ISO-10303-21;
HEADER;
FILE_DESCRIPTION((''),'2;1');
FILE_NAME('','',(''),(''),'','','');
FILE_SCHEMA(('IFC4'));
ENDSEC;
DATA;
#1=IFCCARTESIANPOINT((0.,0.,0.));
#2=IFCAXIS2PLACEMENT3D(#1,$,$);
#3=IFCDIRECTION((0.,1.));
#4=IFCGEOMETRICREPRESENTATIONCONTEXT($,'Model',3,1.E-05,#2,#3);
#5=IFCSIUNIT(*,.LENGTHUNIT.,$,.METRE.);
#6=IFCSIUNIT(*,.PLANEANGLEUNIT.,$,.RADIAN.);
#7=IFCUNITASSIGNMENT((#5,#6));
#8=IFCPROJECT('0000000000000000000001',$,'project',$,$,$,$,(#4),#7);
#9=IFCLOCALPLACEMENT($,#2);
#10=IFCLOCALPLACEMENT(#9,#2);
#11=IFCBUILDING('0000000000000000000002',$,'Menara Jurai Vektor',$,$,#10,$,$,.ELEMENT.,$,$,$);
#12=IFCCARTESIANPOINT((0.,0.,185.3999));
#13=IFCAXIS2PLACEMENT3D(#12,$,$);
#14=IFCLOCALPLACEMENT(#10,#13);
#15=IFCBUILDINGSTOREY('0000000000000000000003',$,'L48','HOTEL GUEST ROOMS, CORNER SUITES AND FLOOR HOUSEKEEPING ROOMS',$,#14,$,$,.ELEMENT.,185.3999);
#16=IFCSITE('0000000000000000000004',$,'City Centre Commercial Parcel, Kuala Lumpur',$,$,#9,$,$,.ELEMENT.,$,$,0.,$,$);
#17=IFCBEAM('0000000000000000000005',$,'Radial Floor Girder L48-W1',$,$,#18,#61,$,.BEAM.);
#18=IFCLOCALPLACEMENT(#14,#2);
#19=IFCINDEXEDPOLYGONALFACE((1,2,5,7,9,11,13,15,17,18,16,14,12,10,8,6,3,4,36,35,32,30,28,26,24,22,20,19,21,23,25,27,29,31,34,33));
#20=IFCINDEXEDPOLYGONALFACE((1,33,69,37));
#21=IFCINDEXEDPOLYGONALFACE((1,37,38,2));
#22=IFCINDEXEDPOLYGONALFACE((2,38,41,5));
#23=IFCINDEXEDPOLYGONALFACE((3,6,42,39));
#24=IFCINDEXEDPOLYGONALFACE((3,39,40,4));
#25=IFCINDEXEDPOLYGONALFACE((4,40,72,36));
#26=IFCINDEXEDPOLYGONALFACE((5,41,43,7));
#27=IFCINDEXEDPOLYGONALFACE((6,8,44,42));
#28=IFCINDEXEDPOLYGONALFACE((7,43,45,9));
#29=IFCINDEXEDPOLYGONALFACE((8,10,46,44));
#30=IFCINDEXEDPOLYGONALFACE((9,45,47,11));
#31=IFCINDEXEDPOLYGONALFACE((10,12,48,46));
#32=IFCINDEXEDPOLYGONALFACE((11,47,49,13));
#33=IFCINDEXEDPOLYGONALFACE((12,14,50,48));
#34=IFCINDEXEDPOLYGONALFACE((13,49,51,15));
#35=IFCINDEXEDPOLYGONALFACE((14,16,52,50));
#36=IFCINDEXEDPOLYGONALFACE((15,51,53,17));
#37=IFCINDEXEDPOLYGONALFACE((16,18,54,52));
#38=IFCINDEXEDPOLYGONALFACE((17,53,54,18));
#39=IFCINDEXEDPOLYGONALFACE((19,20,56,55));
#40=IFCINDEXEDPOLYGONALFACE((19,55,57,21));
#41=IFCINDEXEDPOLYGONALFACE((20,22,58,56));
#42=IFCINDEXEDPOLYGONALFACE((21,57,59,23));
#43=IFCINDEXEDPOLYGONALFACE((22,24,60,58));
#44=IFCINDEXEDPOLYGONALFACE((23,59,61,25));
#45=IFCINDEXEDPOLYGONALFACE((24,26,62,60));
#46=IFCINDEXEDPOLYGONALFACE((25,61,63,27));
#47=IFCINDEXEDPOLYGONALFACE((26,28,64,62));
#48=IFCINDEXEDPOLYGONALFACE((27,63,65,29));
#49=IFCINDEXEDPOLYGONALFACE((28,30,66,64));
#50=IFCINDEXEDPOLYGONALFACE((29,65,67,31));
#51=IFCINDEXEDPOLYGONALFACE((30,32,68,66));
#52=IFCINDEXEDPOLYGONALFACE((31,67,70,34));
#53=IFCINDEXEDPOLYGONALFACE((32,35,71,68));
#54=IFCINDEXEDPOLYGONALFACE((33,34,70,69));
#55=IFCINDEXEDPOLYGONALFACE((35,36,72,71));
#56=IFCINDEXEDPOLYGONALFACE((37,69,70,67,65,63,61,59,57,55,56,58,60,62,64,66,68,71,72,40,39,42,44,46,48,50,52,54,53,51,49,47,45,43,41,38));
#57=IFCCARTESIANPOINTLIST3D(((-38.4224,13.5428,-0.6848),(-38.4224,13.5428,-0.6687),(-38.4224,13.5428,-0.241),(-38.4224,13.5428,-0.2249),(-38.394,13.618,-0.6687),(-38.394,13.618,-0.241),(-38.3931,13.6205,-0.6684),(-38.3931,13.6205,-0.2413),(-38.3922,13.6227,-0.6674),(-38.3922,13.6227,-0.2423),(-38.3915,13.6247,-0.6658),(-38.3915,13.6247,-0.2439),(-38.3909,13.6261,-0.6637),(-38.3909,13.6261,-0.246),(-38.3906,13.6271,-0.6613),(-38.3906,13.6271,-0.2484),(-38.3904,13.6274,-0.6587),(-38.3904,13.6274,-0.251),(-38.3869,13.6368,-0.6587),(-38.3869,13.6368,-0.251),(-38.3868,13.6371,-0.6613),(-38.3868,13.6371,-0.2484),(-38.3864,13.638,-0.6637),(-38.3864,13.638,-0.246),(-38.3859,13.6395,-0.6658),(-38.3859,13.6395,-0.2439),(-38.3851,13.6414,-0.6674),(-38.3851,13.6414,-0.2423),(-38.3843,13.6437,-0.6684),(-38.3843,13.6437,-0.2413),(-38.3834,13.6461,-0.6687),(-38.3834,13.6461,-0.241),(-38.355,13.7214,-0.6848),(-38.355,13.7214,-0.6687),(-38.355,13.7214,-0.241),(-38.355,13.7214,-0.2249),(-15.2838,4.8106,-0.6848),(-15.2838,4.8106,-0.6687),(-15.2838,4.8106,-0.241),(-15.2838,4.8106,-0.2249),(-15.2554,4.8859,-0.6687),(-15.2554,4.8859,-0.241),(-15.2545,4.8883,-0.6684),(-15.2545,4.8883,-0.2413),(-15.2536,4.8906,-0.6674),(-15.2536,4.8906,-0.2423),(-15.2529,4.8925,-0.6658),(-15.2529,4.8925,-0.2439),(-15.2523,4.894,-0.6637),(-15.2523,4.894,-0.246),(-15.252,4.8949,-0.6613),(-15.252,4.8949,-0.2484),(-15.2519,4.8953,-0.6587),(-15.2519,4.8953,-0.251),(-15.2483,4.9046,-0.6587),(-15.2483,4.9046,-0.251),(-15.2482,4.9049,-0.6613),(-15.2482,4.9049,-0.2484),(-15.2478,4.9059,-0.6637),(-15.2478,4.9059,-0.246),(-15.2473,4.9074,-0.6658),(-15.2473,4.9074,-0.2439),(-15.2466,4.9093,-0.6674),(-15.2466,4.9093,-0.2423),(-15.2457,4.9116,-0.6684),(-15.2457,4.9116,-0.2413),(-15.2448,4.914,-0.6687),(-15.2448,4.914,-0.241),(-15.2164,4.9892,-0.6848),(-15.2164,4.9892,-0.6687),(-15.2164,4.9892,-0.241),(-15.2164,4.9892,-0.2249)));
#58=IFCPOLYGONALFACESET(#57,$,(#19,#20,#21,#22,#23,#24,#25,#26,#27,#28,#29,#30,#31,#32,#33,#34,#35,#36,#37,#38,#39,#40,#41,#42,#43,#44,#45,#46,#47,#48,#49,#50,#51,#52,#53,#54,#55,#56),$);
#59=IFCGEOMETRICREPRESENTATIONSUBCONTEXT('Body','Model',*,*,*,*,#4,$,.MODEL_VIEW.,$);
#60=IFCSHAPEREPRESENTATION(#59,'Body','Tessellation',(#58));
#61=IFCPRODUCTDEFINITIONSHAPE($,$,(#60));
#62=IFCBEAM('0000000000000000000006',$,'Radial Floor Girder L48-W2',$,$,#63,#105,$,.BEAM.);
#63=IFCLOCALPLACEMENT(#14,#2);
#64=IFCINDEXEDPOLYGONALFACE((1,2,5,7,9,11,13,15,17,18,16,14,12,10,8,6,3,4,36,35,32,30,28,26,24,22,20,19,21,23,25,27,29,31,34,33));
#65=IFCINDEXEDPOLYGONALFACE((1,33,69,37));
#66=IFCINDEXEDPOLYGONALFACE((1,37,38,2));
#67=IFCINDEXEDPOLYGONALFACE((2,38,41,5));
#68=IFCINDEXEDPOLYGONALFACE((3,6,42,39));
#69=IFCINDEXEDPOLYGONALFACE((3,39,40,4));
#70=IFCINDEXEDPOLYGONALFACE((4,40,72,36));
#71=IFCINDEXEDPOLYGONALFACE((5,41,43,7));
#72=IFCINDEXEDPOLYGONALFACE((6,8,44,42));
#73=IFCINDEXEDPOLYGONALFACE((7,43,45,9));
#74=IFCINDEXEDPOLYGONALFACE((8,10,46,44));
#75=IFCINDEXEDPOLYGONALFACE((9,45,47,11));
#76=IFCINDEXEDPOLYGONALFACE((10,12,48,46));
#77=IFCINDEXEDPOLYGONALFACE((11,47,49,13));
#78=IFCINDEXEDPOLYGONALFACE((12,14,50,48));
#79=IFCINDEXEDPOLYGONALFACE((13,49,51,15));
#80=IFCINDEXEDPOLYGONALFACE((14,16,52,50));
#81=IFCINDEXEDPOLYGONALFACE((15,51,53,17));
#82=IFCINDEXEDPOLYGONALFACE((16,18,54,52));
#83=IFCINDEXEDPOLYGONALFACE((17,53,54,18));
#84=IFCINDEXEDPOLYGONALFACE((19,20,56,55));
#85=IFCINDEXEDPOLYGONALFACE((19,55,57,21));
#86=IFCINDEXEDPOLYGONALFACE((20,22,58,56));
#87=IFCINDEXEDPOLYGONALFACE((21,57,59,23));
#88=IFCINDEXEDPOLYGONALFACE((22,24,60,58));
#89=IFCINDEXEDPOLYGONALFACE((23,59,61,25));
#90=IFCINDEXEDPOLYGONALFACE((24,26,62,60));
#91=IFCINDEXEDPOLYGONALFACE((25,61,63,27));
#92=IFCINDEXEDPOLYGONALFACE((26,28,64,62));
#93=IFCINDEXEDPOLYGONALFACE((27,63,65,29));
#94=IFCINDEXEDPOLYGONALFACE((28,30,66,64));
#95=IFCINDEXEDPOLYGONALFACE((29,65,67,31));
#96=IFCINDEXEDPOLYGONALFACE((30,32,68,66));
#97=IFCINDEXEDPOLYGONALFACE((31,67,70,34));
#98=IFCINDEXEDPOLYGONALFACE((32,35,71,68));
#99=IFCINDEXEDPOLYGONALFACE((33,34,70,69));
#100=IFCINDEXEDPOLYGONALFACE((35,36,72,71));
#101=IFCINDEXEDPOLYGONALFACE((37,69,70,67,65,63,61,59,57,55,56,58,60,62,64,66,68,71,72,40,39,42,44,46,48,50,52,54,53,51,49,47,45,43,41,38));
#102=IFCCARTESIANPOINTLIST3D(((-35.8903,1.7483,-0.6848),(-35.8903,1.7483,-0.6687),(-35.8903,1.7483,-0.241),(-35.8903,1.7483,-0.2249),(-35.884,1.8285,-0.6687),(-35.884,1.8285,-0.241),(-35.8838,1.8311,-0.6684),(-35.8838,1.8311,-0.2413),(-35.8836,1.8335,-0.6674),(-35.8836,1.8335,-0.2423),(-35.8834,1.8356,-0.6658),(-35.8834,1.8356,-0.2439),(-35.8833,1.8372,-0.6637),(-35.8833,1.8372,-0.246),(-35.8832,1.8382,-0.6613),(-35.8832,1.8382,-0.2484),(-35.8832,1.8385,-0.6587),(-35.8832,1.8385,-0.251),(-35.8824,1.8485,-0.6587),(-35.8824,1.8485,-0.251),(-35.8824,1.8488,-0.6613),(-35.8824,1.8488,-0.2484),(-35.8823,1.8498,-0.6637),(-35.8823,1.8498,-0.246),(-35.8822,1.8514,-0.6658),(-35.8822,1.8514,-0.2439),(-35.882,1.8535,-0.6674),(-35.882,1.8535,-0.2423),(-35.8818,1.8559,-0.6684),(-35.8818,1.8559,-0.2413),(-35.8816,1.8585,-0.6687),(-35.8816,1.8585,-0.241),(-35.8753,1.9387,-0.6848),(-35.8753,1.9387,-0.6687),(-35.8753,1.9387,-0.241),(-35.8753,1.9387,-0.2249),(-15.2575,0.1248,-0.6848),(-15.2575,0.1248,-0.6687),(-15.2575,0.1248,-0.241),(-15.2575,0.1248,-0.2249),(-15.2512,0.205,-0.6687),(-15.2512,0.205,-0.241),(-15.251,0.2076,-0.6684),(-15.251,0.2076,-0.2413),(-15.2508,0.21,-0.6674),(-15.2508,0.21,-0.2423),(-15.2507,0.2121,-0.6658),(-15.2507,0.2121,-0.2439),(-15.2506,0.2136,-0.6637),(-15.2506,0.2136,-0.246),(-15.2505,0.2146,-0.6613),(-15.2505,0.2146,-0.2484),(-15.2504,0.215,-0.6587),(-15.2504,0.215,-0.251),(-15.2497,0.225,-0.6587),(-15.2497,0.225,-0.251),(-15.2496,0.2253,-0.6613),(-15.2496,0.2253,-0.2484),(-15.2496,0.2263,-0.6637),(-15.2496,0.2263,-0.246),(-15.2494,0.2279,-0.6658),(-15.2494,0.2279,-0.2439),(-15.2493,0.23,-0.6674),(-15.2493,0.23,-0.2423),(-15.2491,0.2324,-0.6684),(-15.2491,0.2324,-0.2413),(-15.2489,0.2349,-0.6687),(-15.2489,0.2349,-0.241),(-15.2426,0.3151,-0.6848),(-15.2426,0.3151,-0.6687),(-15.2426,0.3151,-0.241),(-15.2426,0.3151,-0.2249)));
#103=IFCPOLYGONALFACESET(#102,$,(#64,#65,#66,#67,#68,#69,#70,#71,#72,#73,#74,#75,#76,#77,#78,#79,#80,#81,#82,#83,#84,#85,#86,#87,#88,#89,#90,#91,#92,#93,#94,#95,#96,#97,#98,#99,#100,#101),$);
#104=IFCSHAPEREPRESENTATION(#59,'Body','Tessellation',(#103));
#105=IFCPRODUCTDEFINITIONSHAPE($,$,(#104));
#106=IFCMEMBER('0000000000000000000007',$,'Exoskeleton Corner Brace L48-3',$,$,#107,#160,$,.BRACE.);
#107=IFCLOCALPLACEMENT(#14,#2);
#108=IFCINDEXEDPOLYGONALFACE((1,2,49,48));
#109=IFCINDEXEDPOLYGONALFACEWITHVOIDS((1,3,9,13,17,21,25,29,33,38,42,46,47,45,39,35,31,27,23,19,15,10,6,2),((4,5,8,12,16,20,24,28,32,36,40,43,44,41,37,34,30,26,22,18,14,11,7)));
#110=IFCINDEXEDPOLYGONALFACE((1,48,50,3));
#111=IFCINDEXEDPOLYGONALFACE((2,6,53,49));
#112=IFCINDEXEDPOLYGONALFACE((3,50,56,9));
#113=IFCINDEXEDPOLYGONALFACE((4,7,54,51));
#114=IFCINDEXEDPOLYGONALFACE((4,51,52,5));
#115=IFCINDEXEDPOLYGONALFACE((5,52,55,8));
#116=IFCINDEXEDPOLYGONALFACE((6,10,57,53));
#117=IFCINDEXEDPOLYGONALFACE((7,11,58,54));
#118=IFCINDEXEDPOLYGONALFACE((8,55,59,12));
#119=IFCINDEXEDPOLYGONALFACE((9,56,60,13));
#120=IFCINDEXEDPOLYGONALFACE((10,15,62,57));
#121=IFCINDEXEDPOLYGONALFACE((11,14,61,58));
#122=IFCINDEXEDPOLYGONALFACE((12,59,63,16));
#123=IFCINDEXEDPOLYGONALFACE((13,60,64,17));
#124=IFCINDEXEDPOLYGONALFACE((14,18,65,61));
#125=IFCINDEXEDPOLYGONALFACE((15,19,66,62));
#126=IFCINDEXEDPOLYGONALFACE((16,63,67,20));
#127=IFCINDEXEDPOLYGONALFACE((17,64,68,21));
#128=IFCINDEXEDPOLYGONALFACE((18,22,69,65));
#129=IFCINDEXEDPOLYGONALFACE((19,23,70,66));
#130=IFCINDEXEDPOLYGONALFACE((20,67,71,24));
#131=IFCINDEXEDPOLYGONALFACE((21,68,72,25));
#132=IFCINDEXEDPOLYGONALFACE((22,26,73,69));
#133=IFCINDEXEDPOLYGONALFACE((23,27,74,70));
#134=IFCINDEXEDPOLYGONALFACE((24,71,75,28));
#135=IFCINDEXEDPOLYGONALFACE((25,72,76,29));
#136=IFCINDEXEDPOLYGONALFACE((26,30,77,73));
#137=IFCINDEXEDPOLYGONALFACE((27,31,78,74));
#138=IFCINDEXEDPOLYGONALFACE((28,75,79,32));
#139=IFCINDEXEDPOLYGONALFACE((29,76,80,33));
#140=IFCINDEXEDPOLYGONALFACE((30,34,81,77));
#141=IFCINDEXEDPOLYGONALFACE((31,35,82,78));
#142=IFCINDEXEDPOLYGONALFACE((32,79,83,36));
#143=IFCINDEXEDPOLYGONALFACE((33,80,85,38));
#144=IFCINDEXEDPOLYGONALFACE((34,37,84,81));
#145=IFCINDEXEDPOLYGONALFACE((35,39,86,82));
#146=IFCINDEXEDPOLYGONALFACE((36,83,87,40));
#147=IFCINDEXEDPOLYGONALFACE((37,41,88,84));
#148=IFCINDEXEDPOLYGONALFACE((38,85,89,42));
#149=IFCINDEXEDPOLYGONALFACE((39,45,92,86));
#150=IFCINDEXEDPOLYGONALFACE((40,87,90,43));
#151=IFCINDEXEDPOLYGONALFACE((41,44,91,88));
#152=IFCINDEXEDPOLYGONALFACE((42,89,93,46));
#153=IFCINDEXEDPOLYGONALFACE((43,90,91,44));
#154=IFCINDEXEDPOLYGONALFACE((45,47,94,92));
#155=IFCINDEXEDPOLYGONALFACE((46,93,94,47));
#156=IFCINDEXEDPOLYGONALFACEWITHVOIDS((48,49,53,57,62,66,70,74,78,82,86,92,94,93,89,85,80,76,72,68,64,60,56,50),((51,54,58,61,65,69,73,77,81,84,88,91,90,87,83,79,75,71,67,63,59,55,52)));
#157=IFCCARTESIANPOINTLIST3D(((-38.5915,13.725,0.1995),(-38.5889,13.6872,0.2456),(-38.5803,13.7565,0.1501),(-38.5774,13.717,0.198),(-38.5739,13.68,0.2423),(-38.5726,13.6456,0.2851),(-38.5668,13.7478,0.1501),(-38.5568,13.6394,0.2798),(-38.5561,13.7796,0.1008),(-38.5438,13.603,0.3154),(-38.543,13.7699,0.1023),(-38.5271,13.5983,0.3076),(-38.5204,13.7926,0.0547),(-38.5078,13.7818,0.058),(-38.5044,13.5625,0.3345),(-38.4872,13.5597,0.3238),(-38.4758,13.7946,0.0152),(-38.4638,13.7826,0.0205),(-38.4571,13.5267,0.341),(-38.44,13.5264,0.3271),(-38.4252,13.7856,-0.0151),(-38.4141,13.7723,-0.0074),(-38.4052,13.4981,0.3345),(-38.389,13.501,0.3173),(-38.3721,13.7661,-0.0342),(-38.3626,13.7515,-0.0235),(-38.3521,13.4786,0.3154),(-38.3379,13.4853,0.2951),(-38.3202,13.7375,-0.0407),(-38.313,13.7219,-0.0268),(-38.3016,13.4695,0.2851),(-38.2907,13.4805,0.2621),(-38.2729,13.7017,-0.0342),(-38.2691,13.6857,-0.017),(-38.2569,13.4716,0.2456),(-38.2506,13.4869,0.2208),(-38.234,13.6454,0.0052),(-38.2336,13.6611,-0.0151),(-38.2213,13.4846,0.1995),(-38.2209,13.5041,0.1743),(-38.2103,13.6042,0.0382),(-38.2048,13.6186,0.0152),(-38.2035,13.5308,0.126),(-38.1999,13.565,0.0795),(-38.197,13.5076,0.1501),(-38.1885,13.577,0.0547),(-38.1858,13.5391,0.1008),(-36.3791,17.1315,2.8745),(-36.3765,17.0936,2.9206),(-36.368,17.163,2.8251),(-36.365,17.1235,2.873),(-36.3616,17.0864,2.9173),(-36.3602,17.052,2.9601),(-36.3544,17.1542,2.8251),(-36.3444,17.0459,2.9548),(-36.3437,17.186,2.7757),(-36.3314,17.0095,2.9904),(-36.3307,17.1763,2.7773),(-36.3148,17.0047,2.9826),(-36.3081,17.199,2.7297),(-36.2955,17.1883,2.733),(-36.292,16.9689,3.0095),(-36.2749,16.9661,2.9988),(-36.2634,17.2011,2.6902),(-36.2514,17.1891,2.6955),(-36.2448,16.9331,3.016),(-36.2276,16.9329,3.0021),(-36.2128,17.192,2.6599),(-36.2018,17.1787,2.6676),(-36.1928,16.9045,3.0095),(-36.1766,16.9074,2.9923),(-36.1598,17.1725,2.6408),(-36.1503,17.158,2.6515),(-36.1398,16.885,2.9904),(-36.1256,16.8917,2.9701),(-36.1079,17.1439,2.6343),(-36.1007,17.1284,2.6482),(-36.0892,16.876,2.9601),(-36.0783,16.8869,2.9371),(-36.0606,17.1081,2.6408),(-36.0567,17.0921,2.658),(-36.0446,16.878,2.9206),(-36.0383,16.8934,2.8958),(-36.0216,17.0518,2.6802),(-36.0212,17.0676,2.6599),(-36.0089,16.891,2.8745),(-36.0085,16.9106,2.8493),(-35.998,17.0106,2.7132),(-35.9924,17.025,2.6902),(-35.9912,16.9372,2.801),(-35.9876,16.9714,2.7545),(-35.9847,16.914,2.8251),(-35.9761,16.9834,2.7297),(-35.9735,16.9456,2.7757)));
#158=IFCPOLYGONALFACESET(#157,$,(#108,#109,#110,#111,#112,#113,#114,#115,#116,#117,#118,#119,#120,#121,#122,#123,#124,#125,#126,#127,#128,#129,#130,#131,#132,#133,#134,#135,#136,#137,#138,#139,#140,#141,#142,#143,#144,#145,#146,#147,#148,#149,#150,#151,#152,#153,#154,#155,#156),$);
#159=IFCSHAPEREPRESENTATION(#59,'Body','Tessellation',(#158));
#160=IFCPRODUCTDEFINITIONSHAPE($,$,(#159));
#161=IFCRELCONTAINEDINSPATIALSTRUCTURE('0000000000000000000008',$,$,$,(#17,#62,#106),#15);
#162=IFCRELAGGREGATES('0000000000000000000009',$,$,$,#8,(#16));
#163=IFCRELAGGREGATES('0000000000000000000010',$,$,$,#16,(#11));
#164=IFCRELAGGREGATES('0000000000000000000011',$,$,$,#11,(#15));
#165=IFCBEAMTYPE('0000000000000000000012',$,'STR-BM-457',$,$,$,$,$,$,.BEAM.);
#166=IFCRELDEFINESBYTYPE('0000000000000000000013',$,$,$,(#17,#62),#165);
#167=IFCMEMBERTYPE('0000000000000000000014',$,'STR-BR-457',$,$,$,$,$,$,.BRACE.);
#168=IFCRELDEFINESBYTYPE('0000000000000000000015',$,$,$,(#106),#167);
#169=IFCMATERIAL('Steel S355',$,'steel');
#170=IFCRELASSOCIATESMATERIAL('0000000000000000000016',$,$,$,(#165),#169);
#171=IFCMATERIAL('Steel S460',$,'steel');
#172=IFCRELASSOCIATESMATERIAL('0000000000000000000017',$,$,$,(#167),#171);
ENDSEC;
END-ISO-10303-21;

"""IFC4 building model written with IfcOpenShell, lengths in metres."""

from ifc_helpers import new_model, si_unit, direction, frame, origin, origin_2d, place, context, subcontext, project, spatial, hollow_circle, i_section, extrude, material, material_profile, profile_set, type_object, element, save


model = new_model("IFC4")

# Units and contexts
model_context = context("Model", 3, precision=1e-05, world=origin(), true_north=direction((0.0, 1.0)))
body_context = subcontext(model_context, "Body", "Model", "MODEL_VIEW")
ifc_project = project(units=[si_unit("LENGTHUNIT", "METRE"), si_unit("PLANEANGLEUNIT", "RADIAN")], contexts=[model_context])

# Site, building, storey
site_placement = place(None, origin())
site = spatial("IfcSite", under=ifc_project, at=site_placement, Name="City Centre Commercial Parcel, Kuala Lumpur", CompositionType="ELEMENT", RefElevation=0.0)
building_placement = place(site_placement, origin())
building = spatial("IfcBuilding", under=site, at=building_placement, Name="Menara Jurai Vektor", CompositionType="ELEMENT")
storey_placement = place(building_placement, frame((0.0, 0.0, 185.3999)))
storey = spatial("IfcBuildingStorey", under=building, at=storey_placement, Name="L48", Description="HOTEL GUEST ROOMS, CORNER SUITES AND FLOOR HOUSEKEEPING ROOMS", CompositionType="ELEMENT", Elevation=185.3999)

# Shared definitions
ifc_material_1 = material(Name="Steel S460", Category="steel")

# Beams
ifc_material_2 = material(Name="Steel S355", Category="steel")
ifc_material_profile_1 = material_profile(ifc_material_2, i_section(OverallWidth=0.1909, OverallDepth=0.46, WebThickness=0.01, FlangeThickness=0.0161, FilletRadius=0.01, at=origin_2d()), Name="UKB 457x191x82")
ifc_profile_set_1 = profile_set([ifc_material_profile_1], Name="Steel S355")
beam_type_1 = type_object("IfcBeamType", Name="STR-BM-457", PredefinedType="BEAM", material=ifc_profile_set_1)
beam_1_placement = place(storey_placement, frame((-38.3887, 13.6321, -0.4548), z_axis=(0.935594, -0.353079, 0.0), x_axis=(0.353079, 0.935594, 0.0)))
element("IfcBeam", 1, at=beam_1_placement, inside=storey, type_object=beam_type_1, Name="Radial Floor Girder L48-W1", PredefinedType="BEAM", context=body_context, shape_type="SweptSolid", body=[
    extrude(i_section(OverallWidth=0.1909, OverallDepth=0.46, WebThickness=0.01, FlangeThickness=0.0161, FilletRadius=0.01, at=origin_2d()), origin(), (0.0, 0.0, 1.0), 24.7314),
])
beam_2_placement = place(storey_placement, frame((-35.8828, 1.8435, -0.4548), z_axis=(0.996918, -0.078445, 0.0), x_axis=(0.078445, 0.996918, 0.0)))
element("IfcBeam", 2, at=beam_2_placement, inside=storey, type_object=beam_type_1, Name="Radial Floor Girder L48-W2", PredefinedType="BEAM", context=body_context, shape_type="SweptSolid", body=[
    extrude(i_section(OverallWidth=0.1909, OverallDepth=0.46, WebThickness=0.01, FlangeThickness=0.0161, FilletRadius=0.01, at=origin_2d()), origin(), (0.0, 0.0, 1.0), 20.6965),
])

# Member
ifc_material_profile_2 = material_profile(ifc_material_1, hollow_circle(Radius=0.2285, WallThickness=0.0161, at=origin_2d()), Name="CHS 457x16")
ifc_profile_set_2 = profile_set([ifc_material_profile_2], Name="Steel S460")
member_type_1 = type_object("IfcMemberType", Name="STR-BR-457", PredefinedType="BRACE", material=ifc_profile_set_2)
member_1_placement = place(storey_placement, frame((-38.3887, 13.6321, 0.1501), z_axis=(0.454888, 0.700403, 0.550012), x_axis=(-0.838648, 0.544674, 0.0)))
element("IfcMember", 3, at=member_1_placement, inside=storey, type_object=member_type_1, Name="Exoskeleton Corner Brace L48-3", PredefinedType="BRACE", context=body_context, shape_type="SweptSolid", body=[
    extrude(hollow_circle(Radius=0.2285, WallThickness=0.0161, at=origin_2d()), origin(), (0.0, 0.0, 1.0), 4.8635),
])

save(model, "model.ifc")
